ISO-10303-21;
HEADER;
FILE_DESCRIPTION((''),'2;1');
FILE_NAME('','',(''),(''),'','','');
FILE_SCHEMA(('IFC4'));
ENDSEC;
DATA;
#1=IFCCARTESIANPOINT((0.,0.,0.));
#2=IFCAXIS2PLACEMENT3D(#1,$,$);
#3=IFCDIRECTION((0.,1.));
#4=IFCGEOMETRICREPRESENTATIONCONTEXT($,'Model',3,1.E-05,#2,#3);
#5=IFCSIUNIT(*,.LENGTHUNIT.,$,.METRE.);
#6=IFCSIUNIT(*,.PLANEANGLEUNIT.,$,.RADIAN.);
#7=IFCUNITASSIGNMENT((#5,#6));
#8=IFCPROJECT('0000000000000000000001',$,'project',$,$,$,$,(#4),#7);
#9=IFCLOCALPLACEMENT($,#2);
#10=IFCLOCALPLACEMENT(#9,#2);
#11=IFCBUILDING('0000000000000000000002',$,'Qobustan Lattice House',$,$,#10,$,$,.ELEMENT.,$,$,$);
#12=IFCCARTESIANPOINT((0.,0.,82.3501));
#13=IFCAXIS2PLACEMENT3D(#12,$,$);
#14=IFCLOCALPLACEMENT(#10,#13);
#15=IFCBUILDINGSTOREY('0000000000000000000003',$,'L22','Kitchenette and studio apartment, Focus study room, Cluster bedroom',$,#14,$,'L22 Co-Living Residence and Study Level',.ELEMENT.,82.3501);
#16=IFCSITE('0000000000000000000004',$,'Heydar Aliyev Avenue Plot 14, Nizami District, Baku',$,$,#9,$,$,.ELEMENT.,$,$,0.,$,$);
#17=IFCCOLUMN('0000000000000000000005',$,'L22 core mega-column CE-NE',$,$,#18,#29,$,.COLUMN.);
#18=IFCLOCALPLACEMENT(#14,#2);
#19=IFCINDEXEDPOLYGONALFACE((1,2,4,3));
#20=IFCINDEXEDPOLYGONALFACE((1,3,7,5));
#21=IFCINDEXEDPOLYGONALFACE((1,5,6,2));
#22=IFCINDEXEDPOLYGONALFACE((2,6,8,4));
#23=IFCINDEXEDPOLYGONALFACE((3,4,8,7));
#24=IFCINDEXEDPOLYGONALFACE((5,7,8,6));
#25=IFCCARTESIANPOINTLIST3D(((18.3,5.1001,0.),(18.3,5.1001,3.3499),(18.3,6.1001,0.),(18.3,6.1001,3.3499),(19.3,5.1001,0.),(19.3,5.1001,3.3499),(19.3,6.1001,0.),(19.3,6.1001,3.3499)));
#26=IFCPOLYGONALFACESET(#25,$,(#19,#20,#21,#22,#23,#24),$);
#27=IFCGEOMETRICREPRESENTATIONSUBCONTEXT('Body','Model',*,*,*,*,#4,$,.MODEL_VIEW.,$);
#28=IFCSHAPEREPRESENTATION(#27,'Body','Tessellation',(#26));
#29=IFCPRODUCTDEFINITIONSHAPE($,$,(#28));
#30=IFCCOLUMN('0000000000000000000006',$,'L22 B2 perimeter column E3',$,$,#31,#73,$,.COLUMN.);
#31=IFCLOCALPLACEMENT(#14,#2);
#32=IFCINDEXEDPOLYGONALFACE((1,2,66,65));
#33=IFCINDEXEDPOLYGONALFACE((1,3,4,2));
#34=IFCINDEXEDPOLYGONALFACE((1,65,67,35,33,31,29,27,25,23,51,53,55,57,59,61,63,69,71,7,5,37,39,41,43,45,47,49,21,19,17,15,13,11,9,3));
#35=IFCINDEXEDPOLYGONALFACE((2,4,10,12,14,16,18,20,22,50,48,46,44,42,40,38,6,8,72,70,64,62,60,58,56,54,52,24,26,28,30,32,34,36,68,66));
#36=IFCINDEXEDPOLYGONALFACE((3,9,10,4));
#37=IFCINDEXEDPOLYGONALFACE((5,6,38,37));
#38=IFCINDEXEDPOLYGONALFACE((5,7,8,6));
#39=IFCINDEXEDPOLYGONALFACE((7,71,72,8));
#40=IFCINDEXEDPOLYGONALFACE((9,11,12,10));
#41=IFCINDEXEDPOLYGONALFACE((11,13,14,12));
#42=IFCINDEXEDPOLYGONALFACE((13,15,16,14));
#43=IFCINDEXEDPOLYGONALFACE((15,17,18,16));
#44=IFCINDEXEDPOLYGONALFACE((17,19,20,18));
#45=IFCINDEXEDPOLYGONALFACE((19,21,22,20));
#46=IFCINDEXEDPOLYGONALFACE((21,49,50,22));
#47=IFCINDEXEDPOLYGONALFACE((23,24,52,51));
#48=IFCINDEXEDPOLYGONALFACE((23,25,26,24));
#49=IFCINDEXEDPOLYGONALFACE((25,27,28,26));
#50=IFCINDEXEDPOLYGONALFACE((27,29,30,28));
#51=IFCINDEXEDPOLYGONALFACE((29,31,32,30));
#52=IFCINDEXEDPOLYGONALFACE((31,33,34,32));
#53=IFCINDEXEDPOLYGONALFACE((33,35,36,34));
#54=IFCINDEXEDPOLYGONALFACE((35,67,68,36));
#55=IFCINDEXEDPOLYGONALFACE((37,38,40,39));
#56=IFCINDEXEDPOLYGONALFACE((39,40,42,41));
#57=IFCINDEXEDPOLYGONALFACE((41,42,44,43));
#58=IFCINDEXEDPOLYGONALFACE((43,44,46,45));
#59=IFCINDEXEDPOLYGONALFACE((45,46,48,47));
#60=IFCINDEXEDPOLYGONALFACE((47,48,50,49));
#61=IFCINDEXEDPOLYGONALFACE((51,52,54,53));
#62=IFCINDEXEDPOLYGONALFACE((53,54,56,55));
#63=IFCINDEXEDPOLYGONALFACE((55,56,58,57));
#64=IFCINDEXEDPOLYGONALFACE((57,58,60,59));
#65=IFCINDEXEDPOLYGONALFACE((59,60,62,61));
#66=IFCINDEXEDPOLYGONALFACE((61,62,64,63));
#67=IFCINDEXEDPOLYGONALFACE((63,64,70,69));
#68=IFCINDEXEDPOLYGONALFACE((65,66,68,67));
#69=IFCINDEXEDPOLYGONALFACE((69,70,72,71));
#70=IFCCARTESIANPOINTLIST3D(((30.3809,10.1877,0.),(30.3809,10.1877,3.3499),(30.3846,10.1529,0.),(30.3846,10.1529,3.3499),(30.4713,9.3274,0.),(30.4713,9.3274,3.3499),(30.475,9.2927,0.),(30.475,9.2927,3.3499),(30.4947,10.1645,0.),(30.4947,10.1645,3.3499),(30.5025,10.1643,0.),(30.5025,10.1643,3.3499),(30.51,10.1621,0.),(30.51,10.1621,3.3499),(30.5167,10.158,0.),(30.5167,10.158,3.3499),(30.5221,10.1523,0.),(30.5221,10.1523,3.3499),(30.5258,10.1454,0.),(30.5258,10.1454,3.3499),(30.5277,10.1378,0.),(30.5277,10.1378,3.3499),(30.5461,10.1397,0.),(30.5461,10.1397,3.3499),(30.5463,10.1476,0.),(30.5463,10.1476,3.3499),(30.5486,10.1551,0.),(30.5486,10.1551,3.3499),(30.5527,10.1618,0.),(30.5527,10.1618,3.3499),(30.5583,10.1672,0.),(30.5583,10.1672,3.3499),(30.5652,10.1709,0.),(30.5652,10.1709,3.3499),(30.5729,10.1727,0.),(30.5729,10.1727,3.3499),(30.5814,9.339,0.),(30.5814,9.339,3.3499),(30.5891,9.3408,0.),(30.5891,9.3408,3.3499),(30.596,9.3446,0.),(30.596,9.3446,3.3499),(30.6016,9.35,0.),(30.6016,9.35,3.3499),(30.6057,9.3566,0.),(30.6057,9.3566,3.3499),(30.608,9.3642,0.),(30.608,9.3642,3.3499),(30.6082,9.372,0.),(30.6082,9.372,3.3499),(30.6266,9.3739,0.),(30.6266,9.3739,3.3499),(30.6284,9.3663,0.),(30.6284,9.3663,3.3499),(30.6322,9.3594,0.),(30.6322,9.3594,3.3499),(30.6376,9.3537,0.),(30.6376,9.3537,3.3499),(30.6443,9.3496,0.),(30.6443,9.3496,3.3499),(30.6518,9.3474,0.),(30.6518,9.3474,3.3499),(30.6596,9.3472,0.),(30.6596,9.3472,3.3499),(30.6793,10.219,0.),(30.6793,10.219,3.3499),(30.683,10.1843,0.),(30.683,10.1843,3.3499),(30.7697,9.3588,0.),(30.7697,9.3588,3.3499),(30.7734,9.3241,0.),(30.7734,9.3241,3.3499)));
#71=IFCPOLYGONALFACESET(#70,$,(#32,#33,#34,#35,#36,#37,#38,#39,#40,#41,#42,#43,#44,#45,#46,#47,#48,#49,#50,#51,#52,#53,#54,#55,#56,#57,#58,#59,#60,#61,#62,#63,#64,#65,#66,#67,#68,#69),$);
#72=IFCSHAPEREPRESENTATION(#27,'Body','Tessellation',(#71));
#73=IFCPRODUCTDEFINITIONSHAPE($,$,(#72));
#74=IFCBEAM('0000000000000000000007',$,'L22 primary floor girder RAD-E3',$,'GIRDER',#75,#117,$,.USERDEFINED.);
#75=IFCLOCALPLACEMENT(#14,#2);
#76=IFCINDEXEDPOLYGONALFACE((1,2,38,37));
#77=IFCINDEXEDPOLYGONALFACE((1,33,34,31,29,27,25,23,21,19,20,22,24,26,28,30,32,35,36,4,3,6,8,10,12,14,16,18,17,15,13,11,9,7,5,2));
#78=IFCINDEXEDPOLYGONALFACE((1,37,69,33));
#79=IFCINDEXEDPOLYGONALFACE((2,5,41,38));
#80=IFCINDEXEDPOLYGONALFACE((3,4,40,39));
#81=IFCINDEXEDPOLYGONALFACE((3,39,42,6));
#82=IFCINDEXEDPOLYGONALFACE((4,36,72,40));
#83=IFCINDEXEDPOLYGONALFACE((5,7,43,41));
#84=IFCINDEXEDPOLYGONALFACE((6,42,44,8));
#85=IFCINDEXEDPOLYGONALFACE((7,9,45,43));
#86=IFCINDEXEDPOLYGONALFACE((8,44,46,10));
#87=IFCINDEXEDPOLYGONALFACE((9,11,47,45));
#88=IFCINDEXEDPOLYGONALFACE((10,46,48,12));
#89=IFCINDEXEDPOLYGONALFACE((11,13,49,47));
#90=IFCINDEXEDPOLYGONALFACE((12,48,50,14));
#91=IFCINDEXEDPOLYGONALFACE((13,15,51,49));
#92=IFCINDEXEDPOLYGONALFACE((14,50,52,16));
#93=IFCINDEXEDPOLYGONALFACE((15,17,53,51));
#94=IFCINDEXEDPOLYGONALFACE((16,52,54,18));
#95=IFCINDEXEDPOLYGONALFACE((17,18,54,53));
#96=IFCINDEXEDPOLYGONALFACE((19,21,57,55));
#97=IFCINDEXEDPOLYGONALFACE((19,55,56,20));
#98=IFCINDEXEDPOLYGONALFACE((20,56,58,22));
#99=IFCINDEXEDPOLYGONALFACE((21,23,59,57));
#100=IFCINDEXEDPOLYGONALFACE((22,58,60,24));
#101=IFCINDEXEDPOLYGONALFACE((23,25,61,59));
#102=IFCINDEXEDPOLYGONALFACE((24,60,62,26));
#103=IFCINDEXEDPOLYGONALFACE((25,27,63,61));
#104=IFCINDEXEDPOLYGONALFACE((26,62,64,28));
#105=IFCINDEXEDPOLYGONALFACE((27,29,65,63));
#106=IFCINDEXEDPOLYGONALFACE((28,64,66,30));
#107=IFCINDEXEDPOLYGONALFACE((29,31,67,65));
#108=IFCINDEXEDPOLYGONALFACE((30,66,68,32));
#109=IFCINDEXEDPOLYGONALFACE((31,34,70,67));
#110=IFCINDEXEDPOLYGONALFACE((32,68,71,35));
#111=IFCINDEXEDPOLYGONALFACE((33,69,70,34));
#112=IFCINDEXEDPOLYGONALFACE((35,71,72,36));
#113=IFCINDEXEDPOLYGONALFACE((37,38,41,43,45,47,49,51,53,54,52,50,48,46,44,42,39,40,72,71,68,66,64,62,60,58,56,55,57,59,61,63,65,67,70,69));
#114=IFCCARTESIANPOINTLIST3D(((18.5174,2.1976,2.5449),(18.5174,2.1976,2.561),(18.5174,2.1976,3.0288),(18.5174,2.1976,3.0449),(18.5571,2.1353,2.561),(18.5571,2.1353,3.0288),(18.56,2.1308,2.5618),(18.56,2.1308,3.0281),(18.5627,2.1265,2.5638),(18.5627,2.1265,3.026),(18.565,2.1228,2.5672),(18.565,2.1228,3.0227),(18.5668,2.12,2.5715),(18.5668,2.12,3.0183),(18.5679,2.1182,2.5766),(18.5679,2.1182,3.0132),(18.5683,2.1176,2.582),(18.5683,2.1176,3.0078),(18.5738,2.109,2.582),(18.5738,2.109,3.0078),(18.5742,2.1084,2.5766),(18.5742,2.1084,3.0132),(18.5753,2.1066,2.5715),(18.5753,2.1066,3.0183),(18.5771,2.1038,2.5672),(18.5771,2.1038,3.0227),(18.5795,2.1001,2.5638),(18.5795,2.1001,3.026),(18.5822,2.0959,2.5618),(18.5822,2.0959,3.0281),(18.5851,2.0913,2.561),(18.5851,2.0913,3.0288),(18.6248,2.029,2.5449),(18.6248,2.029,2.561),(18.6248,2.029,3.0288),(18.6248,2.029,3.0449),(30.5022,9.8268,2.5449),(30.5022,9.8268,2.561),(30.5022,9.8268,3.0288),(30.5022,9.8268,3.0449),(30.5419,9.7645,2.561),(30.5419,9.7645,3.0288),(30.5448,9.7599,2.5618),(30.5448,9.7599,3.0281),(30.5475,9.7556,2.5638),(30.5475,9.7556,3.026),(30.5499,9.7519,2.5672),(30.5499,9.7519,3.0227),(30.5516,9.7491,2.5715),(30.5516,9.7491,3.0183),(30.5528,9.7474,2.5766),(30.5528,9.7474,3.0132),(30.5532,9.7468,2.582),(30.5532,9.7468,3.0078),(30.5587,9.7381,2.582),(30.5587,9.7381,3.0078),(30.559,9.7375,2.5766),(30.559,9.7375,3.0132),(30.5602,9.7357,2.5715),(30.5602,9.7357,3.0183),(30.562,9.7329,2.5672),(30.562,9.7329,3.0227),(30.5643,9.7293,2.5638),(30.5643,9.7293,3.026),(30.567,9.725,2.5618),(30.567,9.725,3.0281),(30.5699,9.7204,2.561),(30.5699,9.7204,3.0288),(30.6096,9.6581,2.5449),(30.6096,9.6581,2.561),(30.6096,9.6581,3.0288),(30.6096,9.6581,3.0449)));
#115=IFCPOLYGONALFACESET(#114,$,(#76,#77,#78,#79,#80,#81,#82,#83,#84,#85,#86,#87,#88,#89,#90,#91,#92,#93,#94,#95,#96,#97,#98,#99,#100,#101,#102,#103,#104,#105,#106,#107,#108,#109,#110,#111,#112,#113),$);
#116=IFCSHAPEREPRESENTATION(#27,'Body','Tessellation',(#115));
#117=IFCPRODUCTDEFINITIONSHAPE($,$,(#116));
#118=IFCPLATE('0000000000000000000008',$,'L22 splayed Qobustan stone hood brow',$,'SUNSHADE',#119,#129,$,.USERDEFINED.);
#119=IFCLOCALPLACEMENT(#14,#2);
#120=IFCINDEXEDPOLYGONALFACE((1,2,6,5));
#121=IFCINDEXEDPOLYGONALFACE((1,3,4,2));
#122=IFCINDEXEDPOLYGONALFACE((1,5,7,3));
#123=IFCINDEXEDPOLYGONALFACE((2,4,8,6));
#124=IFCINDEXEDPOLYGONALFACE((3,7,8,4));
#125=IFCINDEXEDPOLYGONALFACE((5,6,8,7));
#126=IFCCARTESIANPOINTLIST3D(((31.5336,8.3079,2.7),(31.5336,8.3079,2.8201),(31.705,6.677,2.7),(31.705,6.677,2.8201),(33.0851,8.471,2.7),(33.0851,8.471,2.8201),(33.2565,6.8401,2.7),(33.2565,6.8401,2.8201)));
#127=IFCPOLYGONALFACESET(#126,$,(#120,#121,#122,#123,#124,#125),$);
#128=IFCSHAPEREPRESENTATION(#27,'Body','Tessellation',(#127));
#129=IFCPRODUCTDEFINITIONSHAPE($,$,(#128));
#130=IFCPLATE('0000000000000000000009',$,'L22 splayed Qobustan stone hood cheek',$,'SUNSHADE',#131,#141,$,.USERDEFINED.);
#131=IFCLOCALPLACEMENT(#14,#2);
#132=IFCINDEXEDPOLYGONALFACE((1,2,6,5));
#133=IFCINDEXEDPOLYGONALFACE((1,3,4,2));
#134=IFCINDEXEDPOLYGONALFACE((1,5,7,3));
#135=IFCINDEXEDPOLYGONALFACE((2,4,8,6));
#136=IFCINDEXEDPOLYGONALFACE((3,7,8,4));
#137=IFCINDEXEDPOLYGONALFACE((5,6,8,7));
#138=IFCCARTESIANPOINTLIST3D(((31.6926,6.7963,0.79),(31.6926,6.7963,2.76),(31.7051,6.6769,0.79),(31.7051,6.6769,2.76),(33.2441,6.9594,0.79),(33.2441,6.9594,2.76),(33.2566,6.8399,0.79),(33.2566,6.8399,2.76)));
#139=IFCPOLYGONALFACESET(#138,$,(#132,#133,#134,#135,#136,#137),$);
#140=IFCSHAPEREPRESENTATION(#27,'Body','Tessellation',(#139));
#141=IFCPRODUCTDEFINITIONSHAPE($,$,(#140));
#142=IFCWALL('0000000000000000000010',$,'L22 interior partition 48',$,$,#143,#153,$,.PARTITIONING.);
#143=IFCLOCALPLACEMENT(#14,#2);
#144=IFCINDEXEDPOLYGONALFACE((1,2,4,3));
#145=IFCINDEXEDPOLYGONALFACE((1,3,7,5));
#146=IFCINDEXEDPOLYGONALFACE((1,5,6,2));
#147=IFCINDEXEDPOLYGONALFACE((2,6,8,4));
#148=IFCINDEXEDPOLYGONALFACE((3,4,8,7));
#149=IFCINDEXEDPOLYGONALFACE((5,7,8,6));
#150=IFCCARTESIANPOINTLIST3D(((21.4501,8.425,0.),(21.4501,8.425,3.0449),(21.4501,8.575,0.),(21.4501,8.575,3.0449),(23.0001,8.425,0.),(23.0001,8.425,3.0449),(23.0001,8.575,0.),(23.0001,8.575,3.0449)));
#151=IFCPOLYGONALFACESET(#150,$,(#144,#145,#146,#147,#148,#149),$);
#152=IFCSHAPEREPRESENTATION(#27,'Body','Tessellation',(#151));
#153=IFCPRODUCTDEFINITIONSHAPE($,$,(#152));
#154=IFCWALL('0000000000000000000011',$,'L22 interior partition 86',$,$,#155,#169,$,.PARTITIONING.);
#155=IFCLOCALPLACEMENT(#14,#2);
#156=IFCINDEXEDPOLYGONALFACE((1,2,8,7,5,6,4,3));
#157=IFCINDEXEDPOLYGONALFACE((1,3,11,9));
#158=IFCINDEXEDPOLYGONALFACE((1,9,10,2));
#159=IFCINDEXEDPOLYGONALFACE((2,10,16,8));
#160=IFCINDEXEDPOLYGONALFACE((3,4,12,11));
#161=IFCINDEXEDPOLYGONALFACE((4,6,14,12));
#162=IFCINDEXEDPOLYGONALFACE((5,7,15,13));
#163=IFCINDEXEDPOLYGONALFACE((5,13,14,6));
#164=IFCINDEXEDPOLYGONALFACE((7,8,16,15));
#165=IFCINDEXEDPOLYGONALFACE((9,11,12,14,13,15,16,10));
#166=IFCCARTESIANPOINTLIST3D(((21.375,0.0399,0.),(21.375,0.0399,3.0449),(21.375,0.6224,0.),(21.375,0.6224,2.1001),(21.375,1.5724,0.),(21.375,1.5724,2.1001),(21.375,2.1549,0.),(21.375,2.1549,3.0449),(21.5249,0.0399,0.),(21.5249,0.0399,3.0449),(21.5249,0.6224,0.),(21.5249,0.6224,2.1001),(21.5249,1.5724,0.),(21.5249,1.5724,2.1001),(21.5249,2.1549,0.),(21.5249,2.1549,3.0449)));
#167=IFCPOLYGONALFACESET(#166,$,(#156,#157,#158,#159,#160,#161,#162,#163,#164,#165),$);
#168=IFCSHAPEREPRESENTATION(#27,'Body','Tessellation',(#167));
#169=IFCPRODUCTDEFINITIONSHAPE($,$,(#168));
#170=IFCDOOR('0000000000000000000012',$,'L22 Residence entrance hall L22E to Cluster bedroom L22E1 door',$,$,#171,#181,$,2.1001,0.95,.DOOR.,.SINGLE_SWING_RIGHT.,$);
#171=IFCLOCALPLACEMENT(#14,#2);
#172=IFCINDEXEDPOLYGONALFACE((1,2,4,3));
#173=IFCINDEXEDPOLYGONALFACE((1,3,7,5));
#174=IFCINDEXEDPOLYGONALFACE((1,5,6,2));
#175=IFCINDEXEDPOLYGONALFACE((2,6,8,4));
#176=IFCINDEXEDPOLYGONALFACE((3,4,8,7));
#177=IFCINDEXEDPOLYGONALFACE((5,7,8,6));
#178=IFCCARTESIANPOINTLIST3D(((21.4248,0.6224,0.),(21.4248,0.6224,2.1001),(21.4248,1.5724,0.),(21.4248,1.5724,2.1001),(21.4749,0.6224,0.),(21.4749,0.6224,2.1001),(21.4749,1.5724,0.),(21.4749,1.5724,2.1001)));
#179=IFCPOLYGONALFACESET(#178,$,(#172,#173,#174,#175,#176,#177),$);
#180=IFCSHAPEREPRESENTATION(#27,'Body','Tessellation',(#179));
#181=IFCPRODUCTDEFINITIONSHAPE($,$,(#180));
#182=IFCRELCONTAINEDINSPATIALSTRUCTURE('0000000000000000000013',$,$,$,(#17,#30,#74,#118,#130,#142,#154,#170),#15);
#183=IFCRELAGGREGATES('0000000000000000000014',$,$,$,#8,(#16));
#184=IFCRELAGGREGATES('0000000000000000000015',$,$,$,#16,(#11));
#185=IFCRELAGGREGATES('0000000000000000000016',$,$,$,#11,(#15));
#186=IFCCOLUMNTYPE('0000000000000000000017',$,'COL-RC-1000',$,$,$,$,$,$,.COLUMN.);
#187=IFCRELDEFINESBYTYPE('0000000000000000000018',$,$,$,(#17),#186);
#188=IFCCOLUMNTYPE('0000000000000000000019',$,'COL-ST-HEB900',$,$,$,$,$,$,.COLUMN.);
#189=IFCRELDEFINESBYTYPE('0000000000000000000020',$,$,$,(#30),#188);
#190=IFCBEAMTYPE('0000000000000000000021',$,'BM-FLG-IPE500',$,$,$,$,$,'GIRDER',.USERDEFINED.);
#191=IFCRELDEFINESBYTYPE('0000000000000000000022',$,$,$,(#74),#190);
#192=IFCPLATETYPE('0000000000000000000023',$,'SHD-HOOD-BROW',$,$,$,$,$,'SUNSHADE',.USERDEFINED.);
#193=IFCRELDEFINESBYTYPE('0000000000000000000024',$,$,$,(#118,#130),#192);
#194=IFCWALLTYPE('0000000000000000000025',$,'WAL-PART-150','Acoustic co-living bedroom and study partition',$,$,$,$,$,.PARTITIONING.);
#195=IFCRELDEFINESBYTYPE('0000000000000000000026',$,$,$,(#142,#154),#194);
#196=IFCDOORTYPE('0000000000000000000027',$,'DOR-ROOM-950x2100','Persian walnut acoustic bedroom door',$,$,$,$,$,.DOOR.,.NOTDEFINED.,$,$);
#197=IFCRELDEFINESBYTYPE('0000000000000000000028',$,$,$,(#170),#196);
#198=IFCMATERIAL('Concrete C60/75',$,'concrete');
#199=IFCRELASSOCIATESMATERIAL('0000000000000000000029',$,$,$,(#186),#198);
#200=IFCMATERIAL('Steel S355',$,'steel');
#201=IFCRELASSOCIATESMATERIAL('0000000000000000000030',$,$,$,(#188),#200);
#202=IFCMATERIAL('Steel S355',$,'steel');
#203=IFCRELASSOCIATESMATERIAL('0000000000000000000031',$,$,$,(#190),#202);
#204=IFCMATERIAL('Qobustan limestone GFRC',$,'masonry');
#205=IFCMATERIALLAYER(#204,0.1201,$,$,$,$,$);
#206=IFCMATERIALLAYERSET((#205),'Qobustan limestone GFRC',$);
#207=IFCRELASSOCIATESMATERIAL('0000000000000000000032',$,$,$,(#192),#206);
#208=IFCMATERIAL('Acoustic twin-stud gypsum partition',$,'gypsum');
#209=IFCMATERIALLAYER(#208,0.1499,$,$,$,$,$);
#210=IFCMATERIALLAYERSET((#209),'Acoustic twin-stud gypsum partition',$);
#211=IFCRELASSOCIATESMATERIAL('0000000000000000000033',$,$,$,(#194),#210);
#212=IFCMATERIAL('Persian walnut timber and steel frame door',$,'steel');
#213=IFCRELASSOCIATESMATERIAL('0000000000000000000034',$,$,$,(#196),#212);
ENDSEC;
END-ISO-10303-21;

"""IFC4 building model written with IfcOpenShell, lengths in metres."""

from ifc_helpers import new_model, si_unit, direction, frame, frame_2d, origin, origin_2d, place, context, subcontext, project, spatial, rectangle, i_section, extrude, material, layer, layer_set, material_profile, profile_set, type_object, element, fill, save


model = new_model("IFC4")

# Units and contexts
model_context = context("Model", 3, precision=1e-05, world=origin(), true_north=direction((0.0, 1.0)))
body_context = subcontext(model_context, "Body", "Model", "MODEL_VIEW")
ifc_project = project(units=[si_unit("LENGTHUNIT", "METRE"), si_unit("PLANEANGLEUNIT", "RADIAN")], contexts=[model_context])

# Site, building, storey
site_placement = place(None, origin())
site = spatial("IfcSite", under=ifc_project, at=site_placement, Name="Heydar Aliyev Avenue Plot 14, Nizami District, Baku", CompositionType="ELEMENT", RefElevation=0.0)
building_placement = place(site_placement, origin())
building = spatial("IfcBuilding", under=site, at=building_placement, Name="Qobustan Lattice House", CompositionType="ELEMENT")
storey_placement = place(building_placement, frame((0.0, 0.0, 82.3501)))
storey = spatial("IfcBuildingStorey", under=building, at=storey_placement, Name="L22", Description="Kitchenette and studio apartment, Focus study room, Cluster bedroom", LongName="L22 Co-Living Residence and Study Level", CompositionType="ELEMENT", Elevation=82.3501)

# Columns
ifc_material_1 = material(Name="Concrete C60/75", Category="concrete")
ifc_material_profile_1 = material_profile(ifc_material_1, rectangle(XDim=1.0, YDim=1.0, at=origin_2d()), Name="RC1000x1000")
ifc_profile_set_1 = profile_set([ifc_material_profile_1], Name="Concrete C60/75")
column_type_1 = type_object("IfcColumnType", Name="COL-RC-1000", PredefinedType="COLUMN", material=ifc_profile_set_1)
column_1_placement = place(storey_placement, frame((18.8, 5.6001, 0.0), z_axis=(0.0, 0.0, 1.0), x_axis=(1.0, 0.0, 0.0)))
element("IfcColumn", 1, at=column_1_placement, inside=storey, type_object=column_type_1, Name="L22 core mega-column CE-NE", PredefinedType="COLUMN", context=body_context, shape_type="SweptSolid", body=[
    extrude(rectangle(XDim=1.0, YDim=1.0, at=origin_2d()), origin(), (0.0, 0.0, 1.0), 3.3499),
])
ifc_material_2 = material(Name="Steel S355", Category="steel")
ifc_material_profile_2 = material_profile(ifc_material_2, i_section(OverallWidth=0.3, OverallDepth=0.8999, WebThickness=0.0186, FlangeThickness=0.0349, FilletRadius=0.03, at=origin_2d()), Name="HEB900")
ifc_profile_set_2 = profile_set([ifc_material_profile_2], Name="Steel S355")
column_type_2 = type_object("IfcColumnType", Name="COL-ST-HEB900", PredefinedType="COLUMN", material=ifc_profile_set_2)
column_2_placement = place(storey_placement, frame((30.5771, 9.7559, 0.0), z_axis=(0.0, 0.0, 1.0), x_axis=(0.994522, 0.104528, 0.0)))
element("IfcColumn", 2, at=column_2_placement, inside=storey, type_object=column_type_2, Name="L22 B2 perimeter column E3", PredefinedType="COLUMN", context=body_context, shape_type="SweptSolid", body=[
    extrude(i_section(OverallWidth=0.3, OverallDepth=0.8999, WebThickness=0.0186, FlangeThickness=0.0349, FilletRadius=0.03, at=origin_2d()), origin(), (0.0, 0.0, 1.0), 3.3499),
])

# Beam
ifc_material_3 = material(Name="Steel S355", Category="steel")
ifc_material_profile_3 = material_profile(ifc_material_3, i_section(OverallWidth=0.2, OverallDepth=0.5, WebThickness=0.0103, FlangeThickness=0.0161, FilletRadius=0.021, at=origin_2d()), Name="IPE500")
ifc_profile_set_3 = profile_set([ifc_material_profile_3], Name="Steel S355")
beam_type = type_object("IfcBeamType", Name="BM-FLG-IPE500", ElementType="GIRDER", PredefinedType="USERDEFINED", material=ifc_profile_set_3)
beam_placement = place(storey_placement, frame((30.5559, 9.7424, 2.7949), z_axis=(-0.843584, -0.536997, 0.0), x_axis=(0.536997, -0.843584, 0.0)))
element("IfcBeam", 3, at=beam_placement, inside=storey, type_object=beam_type, Name="L22 primary floor girder RAD-E3", ObjectType="GIRDER", PredefinedType="USERDEFINED", context=body_context, shape_type="SweptSolid", body=[
    extrude(i_section(OverallWidth=0.2, OverallDepth=0.5, WebThickness=0.0103, FlangeThickness=0.0161, FilletRadius=0.021, at=origin_2d()), origin(), (0.0, 0.0, 1.0), 14.207),
])

# Plates
ifc_material_4 = material(Name="Qobustan limestone GFRC", Category="masonry")
ifc_layer_1 = layer(ifc_material_4, 0.1201)
ifc_layer_set_1 = layer_set([ifc_layer_1], Name="Qobustan limestone GFRC")
plate_type = type_object("IfcPlateType", Name="SHD-HOOD-BROW", ElementType="SUNSHADE", PredefinedType="USERDEFINED", material=ifc_layer_set_1)
plate_1_placement = place(storey_placement, frame((32.395, 7.574, 2.7), z_axis=(0.0, 0.0, 1.0), x_axis=(0.104528, -0.994522, 0.0)))
element("IfcPlate", 4, at=plate_1_placement, inside=storey, type_object=plate_type, Name="L22 splayed Qobustan stone hood brow", ObjectType="SUNSHADE", PredefinedType="USERDEFINED", context=body_context, shape_type="SweptSolid", body=[
    extrude(rectangle(XDim=1.6399, YDim=1.5601, at=origin_2d()), origin(), (0.0, 0.0, 1.0), 0.1201),
])
plate_2_placement = place(storey_placement, frame((32.4746, 6.8181, 0.79), z_axis=(0.0, 0.0, 1.0), x_axis=(0.104528, -0.994522, 0.0)))
element("IfcPlate", 5, at=plate_2_placement, inside=storey, type_object=plate_type, Name="L22 splayed Qobustan stone hood cheek", ObjectType="SUNSHADE", PredefinedType="USERDEFINED", context=body_context, shape_type="SweptSolid", body=[
    extrude(rectangle(XDim=0.1201, YDim=1.5601, at=origin_2d()), origin(), (0.0, 0.0, 1.0), 1.97),
])

# Wall
ifc_material_5 = material(Name="Acoustic twin-stud gypsum partition", Category="gypsum")
ifc_layer_2 = layer(ifc_material_5, 0.1499)
ifc_layer_set_2 = layer_set([ifc_layer_2], Name="Acoustic twin-stud gypsum partition")
wall_type_1 = type_object("IfcWallType", Name="WAL-PART-150", Description="Acoustic co-living bedroom and study partition", PredefinedType="PARTITIONING", material=ifc_layer_set_2)
wall_1_placement = place(storey_placement, frame((23.0, 8.5, 0.0), z_axis=(0.0, 0.0, 1.0), x_axis=(-1.0, 0.0, 0.0)))
element("IfcWall", 6, at=wall_1_placement, inside=storey, type_object=wall_type_1, Name="L22 interior partition 48", PredefinedType="PARTITIONING", context=body_context, shape_type="SweptSolid", body=[
    extrude(rectangle(XDim=1.55, YDim=0.1499, at=frame_2d((0.7749, 0.0))), origin(), (0.0, 0.0, 1.0), 3.0449),
])

# Wall, opening, door
wall_2_placement = place(storey_placement, frame((21.45, 2.155, 0.0), z_axis=(0.0, 0.0, 1.0), x_axis=(0.0, -1.0, 0.0)))
wall_2 = element("IfcWall", 7, at=wall_2_placement, inside=storey, type_object=wall_type_1, Name="L22 interior partition 86", PredefinedType="PARTITIONING", context=body_context, shape_type="SweptSolid", body=[
    extrude(rectangle(XDim=2.115, YDim=0.1499, at=frame_2d((1.0576, 0.0))), origin(), (0.0, 0.0, 1.0), 3.0449),
])
opening_1_placement = place(wall_2_placement, frame((0.5825, 0.0, 0.0)))
opening_1 = element("IfcOpeningElement", 8, at=opening_1_placement, cuts=wall_2, PredefinedType="OPENING", context=body_context, shape_type="SweptSolid", body=[
    extrude(rectangle(XDim=0.95, YDim=2.1001, at=frame_2d((0.4751, 1.05))), frame((0.0, 0.085, 0.0), z_axis=(0.0, -1.0, 0.0), x_axis=(1.0, 0.0, 0.0)), (0.0, 0.0, 1.0), 0.1699),
])
ifc_material_6 = material(Name="Persian walnut timber and steel frame door", Category="steel")
door_type_1 = type_object("IfcDoorType", Name="DOR-ROOM-950x2100", Description="Persian walnut acoustic bedroom door", OperationType="NOTDEFINED", PredefinedType="DOOR", material=ifc_material_6)
door_1_placement = place(opening_1_placement, origin())
door_1 = element("IfcDoor", 9, at=door_1_placement, inside=storey, type_object=door_type_1, Name="L22 Residence entrance hall L22E to Cluster bedroom L22E1 door", OperationType="SINGLE_SWING_RIGHT", OverallHeight=2.1001, OverallWidth=0.95, PredefinedType="DOOR", context=body_context, shape_type="SweptSolid", body=[
    extrude(rectangle(XDim=0.95, YDim=2.1001, at=frame_2d((0.4751, 1.05))), frame((0.0, 0.0249, 0.0), z_axis=(0.0, -1.0, 0.0), x_axis=(1.0, 0.0, 0.0)), (0.0, 0.0, 1.0), 0.05),
])
fill(opening_1, door_1)

save(model, "model.ifc")
